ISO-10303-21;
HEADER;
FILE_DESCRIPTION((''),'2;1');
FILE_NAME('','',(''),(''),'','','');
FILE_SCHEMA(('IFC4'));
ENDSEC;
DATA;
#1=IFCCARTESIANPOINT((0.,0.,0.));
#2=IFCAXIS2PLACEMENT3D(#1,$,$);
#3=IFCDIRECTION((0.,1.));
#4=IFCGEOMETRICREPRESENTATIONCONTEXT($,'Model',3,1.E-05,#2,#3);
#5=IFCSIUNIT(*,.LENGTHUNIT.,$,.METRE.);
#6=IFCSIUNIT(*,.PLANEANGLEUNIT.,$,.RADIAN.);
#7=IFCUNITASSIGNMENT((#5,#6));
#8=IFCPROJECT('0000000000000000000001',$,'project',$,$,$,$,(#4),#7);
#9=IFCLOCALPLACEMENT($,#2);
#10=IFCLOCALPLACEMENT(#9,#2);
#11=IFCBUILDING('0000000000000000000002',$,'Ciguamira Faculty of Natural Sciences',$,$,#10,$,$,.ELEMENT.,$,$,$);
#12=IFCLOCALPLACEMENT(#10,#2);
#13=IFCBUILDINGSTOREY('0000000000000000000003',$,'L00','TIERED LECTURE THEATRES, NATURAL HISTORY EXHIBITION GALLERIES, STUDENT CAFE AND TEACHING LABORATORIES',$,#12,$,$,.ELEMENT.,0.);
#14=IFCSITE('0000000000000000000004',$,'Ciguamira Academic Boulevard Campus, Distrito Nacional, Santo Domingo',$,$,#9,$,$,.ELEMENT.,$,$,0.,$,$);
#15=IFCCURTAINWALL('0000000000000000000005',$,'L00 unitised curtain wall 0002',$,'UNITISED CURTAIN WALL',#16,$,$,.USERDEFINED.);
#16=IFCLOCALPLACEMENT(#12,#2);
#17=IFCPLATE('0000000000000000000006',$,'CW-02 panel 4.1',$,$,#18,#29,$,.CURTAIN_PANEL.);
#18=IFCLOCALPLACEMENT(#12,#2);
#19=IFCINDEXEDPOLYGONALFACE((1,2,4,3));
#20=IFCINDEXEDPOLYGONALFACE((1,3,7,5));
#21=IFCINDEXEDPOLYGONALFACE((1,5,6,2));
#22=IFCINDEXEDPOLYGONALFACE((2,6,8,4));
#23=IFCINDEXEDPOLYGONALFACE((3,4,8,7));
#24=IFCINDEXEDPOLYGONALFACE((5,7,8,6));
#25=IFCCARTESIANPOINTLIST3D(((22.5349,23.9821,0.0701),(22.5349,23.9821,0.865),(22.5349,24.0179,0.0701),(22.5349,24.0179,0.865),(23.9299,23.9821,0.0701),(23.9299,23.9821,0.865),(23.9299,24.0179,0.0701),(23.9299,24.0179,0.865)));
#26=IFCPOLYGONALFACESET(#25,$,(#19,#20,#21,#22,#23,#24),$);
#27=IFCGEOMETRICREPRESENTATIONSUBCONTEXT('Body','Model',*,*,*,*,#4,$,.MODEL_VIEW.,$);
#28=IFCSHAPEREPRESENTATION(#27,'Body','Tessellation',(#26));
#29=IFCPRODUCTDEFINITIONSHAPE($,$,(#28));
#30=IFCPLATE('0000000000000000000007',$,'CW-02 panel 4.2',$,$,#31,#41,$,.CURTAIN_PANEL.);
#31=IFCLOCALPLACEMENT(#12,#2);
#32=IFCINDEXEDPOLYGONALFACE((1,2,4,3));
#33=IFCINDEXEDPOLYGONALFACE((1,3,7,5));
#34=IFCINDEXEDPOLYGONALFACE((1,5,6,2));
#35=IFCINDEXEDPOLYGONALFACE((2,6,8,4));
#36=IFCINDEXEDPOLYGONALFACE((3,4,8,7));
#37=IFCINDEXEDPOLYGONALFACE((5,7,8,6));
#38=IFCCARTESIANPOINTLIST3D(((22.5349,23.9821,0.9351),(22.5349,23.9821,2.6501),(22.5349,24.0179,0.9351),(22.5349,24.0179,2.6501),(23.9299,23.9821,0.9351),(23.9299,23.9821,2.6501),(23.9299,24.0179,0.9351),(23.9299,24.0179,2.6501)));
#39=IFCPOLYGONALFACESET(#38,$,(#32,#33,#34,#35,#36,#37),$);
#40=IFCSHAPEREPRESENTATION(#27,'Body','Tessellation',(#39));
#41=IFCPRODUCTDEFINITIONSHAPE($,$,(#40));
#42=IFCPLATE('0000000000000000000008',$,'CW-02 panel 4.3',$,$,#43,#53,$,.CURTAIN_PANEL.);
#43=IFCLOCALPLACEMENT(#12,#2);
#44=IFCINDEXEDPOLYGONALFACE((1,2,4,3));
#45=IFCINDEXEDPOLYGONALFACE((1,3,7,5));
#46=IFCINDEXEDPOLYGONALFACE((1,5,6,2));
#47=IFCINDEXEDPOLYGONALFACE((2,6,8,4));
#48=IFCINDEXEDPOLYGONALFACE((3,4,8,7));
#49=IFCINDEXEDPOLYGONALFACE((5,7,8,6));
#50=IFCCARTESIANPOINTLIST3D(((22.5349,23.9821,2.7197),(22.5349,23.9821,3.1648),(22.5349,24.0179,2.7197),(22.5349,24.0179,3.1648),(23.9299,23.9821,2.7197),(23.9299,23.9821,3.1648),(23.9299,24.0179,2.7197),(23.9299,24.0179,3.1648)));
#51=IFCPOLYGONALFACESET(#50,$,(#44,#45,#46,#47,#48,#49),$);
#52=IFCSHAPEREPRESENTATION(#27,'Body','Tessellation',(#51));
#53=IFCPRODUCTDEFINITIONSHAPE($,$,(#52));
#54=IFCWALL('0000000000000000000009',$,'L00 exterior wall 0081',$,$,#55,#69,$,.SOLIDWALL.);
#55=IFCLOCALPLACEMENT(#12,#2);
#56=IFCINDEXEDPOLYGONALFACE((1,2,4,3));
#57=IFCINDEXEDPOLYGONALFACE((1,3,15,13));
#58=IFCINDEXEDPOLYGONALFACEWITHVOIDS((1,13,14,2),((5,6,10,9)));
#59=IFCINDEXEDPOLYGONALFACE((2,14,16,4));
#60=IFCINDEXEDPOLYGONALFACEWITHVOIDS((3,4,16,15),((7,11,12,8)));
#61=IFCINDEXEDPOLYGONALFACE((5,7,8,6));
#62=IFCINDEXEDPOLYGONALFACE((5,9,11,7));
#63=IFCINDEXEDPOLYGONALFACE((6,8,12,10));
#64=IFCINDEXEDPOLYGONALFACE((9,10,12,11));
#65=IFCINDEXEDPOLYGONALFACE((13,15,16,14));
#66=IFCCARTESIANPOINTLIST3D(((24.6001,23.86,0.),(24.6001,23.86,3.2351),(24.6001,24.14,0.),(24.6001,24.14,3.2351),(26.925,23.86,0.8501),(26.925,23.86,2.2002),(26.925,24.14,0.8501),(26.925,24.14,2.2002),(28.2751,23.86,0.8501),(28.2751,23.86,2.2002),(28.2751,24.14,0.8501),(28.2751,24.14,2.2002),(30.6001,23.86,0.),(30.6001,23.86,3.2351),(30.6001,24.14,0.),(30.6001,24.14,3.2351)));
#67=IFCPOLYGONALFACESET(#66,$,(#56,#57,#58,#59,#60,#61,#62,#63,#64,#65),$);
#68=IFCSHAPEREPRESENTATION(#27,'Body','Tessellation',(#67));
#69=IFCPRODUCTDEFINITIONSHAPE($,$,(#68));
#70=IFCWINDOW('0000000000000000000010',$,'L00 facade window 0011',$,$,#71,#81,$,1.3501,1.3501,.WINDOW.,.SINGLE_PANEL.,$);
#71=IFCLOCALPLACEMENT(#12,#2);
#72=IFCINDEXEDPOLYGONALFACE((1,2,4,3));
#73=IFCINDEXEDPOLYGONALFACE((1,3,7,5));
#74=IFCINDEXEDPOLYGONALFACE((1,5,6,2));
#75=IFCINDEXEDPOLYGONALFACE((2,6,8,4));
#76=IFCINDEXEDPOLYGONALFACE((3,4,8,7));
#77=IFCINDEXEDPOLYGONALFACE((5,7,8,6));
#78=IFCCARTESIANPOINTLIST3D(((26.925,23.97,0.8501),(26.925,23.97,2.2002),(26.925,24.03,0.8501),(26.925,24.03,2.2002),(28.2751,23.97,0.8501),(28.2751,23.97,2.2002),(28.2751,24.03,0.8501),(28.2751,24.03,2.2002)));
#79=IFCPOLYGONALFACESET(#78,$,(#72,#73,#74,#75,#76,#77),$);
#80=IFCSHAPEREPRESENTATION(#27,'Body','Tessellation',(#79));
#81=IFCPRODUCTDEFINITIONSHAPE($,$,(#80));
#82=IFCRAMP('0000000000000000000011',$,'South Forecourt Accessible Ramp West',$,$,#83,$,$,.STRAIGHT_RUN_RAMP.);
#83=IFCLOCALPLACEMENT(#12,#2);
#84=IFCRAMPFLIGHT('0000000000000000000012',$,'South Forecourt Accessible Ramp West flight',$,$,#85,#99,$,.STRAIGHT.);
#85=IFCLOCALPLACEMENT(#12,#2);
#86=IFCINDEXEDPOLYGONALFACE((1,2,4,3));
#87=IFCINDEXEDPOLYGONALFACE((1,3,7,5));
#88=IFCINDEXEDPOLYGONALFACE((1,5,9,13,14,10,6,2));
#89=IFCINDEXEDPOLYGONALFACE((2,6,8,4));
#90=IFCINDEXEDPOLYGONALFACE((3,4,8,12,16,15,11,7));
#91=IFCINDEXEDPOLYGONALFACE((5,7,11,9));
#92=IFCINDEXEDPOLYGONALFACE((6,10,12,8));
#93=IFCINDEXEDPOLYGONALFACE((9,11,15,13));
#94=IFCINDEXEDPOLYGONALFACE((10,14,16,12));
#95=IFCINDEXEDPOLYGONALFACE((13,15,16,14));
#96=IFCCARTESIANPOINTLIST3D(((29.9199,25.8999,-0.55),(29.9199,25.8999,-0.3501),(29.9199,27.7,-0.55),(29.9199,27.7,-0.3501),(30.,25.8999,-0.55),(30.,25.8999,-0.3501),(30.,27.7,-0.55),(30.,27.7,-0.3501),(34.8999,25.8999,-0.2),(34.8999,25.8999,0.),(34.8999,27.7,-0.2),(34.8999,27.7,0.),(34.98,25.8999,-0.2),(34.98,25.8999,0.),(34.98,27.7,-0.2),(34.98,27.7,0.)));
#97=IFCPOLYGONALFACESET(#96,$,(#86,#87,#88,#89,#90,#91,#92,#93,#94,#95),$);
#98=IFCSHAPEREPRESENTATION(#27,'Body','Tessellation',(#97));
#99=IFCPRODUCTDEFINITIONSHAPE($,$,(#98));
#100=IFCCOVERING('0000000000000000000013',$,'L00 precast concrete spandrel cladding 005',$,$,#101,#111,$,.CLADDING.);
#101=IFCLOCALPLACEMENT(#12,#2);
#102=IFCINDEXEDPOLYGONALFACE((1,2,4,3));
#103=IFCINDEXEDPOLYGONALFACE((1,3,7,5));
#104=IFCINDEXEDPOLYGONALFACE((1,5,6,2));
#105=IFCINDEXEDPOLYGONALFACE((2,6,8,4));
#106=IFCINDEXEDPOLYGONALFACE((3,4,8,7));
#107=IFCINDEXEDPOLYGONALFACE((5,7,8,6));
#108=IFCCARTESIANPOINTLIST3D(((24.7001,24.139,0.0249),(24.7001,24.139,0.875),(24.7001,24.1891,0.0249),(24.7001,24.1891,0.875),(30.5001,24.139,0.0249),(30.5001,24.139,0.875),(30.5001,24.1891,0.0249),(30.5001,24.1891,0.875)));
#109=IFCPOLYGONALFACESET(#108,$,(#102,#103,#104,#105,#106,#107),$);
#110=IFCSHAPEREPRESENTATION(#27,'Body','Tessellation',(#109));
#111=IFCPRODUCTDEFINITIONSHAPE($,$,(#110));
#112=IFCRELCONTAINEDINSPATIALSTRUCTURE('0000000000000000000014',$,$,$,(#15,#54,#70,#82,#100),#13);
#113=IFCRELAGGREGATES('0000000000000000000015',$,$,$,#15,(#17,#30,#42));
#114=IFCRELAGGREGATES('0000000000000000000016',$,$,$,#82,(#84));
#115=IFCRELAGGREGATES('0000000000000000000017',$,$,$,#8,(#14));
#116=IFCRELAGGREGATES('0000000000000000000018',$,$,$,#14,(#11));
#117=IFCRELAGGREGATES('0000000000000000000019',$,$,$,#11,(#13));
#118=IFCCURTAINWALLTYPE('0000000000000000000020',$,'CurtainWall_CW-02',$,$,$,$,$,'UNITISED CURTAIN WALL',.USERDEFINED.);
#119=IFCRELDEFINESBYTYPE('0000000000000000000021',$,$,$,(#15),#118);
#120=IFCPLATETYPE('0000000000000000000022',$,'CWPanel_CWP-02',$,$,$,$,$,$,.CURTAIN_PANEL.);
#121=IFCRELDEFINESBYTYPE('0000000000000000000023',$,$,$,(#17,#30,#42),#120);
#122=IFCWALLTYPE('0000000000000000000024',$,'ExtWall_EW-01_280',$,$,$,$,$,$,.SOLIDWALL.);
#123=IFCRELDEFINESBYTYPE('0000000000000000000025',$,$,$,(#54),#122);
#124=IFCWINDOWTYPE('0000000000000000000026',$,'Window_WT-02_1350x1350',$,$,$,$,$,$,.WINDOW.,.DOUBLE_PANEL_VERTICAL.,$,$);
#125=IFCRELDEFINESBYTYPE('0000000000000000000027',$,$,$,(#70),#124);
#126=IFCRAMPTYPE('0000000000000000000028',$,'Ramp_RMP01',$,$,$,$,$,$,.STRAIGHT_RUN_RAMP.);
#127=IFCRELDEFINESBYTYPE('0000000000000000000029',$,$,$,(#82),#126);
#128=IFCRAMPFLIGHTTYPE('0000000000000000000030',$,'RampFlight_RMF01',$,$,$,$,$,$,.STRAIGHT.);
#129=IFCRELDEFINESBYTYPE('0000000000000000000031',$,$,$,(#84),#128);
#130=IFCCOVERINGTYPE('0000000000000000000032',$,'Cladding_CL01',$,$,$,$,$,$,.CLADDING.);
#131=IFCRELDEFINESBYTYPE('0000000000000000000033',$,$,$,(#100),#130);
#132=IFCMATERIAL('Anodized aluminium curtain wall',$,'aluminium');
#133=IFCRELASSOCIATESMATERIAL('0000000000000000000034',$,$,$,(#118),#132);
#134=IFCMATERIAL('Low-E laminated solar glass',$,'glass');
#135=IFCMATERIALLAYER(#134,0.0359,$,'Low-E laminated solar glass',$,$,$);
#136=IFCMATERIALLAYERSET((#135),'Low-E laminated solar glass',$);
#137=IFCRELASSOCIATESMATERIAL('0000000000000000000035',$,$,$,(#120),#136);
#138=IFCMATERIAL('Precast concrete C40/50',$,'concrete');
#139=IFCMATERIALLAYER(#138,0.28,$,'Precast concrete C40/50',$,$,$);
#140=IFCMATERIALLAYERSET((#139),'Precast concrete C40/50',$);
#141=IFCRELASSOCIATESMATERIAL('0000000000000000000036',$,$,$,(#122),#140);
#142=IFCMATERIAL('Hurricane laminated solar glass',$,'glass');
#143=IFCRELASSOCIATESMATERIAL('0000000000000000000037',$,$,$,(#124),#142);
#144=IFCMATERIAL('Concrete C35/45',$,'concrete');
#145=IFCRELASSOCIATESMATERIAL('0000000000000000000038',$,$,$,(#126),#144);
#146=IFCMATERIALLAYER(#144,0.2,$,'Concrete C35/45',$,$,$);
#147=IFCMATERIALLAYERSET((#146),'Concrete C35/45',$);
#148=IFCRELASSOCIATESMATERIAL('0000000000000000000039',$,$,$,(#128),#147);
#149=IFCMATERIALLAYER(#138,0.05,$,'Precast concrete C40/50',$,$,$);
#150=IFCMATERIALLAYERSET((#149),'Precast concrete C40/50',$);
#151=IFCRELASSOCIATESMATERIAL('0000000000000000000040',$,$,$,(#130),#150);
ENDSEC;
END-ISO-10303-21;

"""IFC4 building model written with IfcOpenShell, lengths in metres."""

from ifc_helpers import new_model, si_unit, direction, frame, frame_2d, origin, origin_2d, place, context, subcontext, project, spatial, polyline, rectangle, outline, extrude, material, layer, layer_set, type_object, element, fill, aggregate, save


model = new_model("IFC4")

# Units and contexts
model_context = context("Model", 3, precision=1e-05, world=origin(), true_north=direction((0.0, 1.0)))
body_context = subcontext(model_context, "Body", "Model", "MODEL_VIEW")
ifc_project = project(units=[si_unit("LENGTHUNIT", "METRE"), si_unit("PLANEANGLEUNIT", "RADIAN")], contexts=[model_context])

# Site, building, storey
site_placement = place(None, origin())
site = spatial("IfcSite", under=ifc_project, at=site_placement, Name="Ciguamira Academic Boulevard Campus, Distrito Nacional, Santo Domingo", CompositionType="ELEMENT", RefElevation=0.0)
building_placement = place(site_placement, origin())
building = spatial("IfcBuilding", under=site, at=building_placement, Name="Ciguamira Faculty of Natural Sciences", CompositionType="ELEMENT")
storey_placement = place(building_placement, origin())
storey = spatial("IfcBuildingStorey", under=building, at=storey_placement, Name="L00", Description="TIERED LECTURE THEATRES, NATURAL HISTORY EXHIBITION GALLERIES, STUDENT CAFE AND TEACHING LABORATORIES", CompositionType="ELEMENT", Elevation=0.0)

# Curtain wall
ifc_material_1 = material(Name="Anodized aluminium curtain wall", Category="aluminium")
curtain_wall_type_1 = type_object("IfcCurtainWallType", Name="CurtainWall_CW-02", ElementType="UNITISED CURTAIN WALL", PredefinedType="USERDEFINED", material=ifc_material_1)
curtain_wall_1_placement = place(storey_placement, origin())
curtain_wall_1 = element("IfcCurtainWall", 1, at=curtain_wall_1_placement, inside=storey, type_object=curtain_wall_type_1, Name="L00 unitised curtain wall 0002", ObjectType="UNITISED CURTAIN WALL", PredefinedType="USERDEFINED")

# Plates
ifc_material_2 = material(Name="Low-E laminated solar glass", Category="glass")
ifc_layer_1 = layer(ifc_material_2, 0.0359, Name="Low-E laminated solar glass")
ifc_layer_set_1 = layer_set([ifc_layer_1], Name="Low-E laminated solar glass")
plate_type_1 = type_object("IfcPlateType", Name="CWPanel_CWP-02", PredefinedType="CURTAIN_PANEL", material=ifc_layer_set_1)
plate_1_placement = place(storey_placement, frame((23.2324, 24.0, 0.0701), z_axis=(0.0, 0.0, 1.0), x_axis=(1.0, 0.0, 0.0)))
plate_1 = element("IfcPlate", 2, at=plate_1_placement, type_object=plate_type_1, Name="CW-02 panel 4.1", PredefinedType="CURTAIN_PANEL", context=body_context, shape_type="SweptSolid", body=[
    extrude(rectangle(XDim=1.395, YDim=0.0359, at=origin_2d()), origin(), (0.0, 0.0, 1.0), 0.7949),
])
plate_2_placement = place(storey_placement, frame((23.2324, 24.0, 0.9351), z_axis=(0.0, 0.0, 1.0), x_axis=(1.0, 0.0, 0.0)))
plate_2 = element("IfcPlate", 3, at=plate_2_placement, type_object=plate_type_1, Name="CW-02 panel 4.2", PredefinedType="CURTAIN_PANEL", context=body_context, shape_type="SweptSolid", body=[
    extrude(rectangle(XDim=1.395, YDim=0.0359, at=origin_2d()), origin(), (0.0, 0.0, 1.0), 1.7151),
])
plate_3_placement = place(storey_placement, frame((23.2324, 24.0, 2.7197), z_axis=(0.0, 0.0, 1.0), x_axis=(1.0, 0.0, 0.0)))
plate_3 = element("IfcPlate", 4, at=plate_3_placement, type_object=plate_type_1, Name="CW-02 panel 4.3", PredefinedType="CURTAIN_PANEL", context=body_context, shape_type="SweptSolid", body=[
    extrude(rectangle(XDim=1.395, YDim=0.0359, at=origin_2d()), origin(), (0.0, 0.0, 1.0), 0.4451),
])
aggregate(curtain_wall_1, [plate_1, plate_2, plate_3])

# Wall, opening, window
ifc_material_3 = material(Name="Precast concrete C40/50", Category="concrete")
ifc_layer_2 = layer(ifc_material_3, 0.28, Name="Precast concrete C40/50")
ifc_layer_set_2 = layer_set([ifc_layer_2], Name="Precast concrete C40/50")
wall_type = type_object("IfcWallType", Name="ExtWall_EW-01_280", PredefinedType="SOLIDWALL", material=ifc_layer_set_2)
wall_placement = place(storey_placement, frame((24.6001, 24.0, 0.0), z_axis=(0.0, 0.0, 1.0), x_axis=(1.0, 0.0, 0.0)))
wall = element("IfcWall", 5, at=wall_placement, inside=storey, type_object=wall_type, Name="L00 exterior wall 0081", PredefinedType="SOLIDWALL", context=body_context, shape_type="SweptSolid", body=[
    extrude(rectangle(XDim=6.0, YDim=0.28, at=frame_2d((3.0, 0.0))), origin(), (0.0, 0.0, 1.0), 3.2351),
])
opening_placement = place(wall_placement, frame((2.325, 0.0, 0.8501)))
opening = element("IfcOpeningElement", 6, at=opening_placement, cuts=wall, PredefinedType="OPENING", context=body_context, shape_type="SweptSolid", body=[
    extrude(rectangle(XDim=1.3501, YDim=1.3501, at=frame_2d((0.675, 0.675))), frame((0.0, 0.1499, 0.0), z_axis=(0.0, -1.0, 0.0), x_axis=(1.0, 0.0, 0.0)), (0.0, 0.0, 1.0), 0.3),
])
ifc_material_4 = material(Name="Hurricane laminated solar glass", Category="glass")
window_type = type_object("IfcWindowType", Name="Window_WT-02_1350x1350", PartitioningType="DOUBLE_PANEL_VERTICAL", PredefinedType="WINDOW", material=ifc_material_4)
window_placement = place(opening_placement, origin())
window = element("IfcWindow", 7, at=window_placement, inside=storey, type_object=window_type, Name="L00 facade window 0011", OverallHeight=1.3501, OverallWidth=1.3501, PartitioningType="SINGLE_PANEL", PredefinedType="WINDOW", context=body_context, shape_type="SweptSolid", body=[
    extrude(rectangle(XDim=1.3501, YDim=1.3501, at=frame_2d((0.675, 0.675))), frame((0.0, 0.03, 0.0), z_axis=(0.0, -1.0, 0.0), x_axis=(1.0, 0.0, 0.0)), (0.0, 0.0, 1.0), 0.0601),
])
fill(opening, window)

# Ramp, ramp flight
ifc_material_5 = material(Name="Concrete C35/45", Category="concrete")
ramp_type = type_object("IfcRampType", Name="Ramp_RMP01", PredefinedType="STRAIGHT_RUN_RAMP", material=ifc_material_5)
ramp_placement = place(storey_placement, origin())
ramp = element("IfcRamp", 8, at=ramp_placement, inside=storey, type_object=ramp_type, Name="South Forecourt Accessible Ramp West", PredefinedType="STRAIGHT_RUN_RAMP")
ifc_layer_3 = layer(ifc_material_5, 0.2, Name="Concrete C35/45")
ifc_layer_set_3 = layer_set([ifc_layer_3], Name="Concrete C35/45")
ramp_flight_type = type_object("IfcRampFlightType", Name="RampFlight_RMF01", PredefinedType="STRAIGHT", material=ifc_layer_set_3)
ramp_flight_placement = place(storey_placement, frame((30.0, 26.8, -0.3501), z_axis=(0.0, 0.0, 1.0), x_axis=(1.0, 0.0, 0.0)))
ramp_flight = element("IfcRampFlight", 9, at=ramp_flight_placement, type_object=ramp_flight_type, Name="South Forecourt Accessible Ramp West flight", PredefinedType="STRAIGHT", context=body_context, shape_type="SweptSolid", body=[
    extrude(outline(polyline([(-0.0801, -0.2), (-0.0801, 0.0), (0.0, 0.0), (4.8999, 0.3501), (4.98, 0.3501), (4.98, 0.1501), (4.8999, 0.1501), (0.0, -0.2), (-0.0801, -0.2)])), frame((0.0, 0.8999, 0.0), z_axis=(0.0, -1.0, 0.0), x_axis=(1.0, 0.0, 0.0)), (0.0, 0.0, 1.0), 1.8),
])
aggregate(ramp, [ramp_flight])

# Covering
ifc_layer_4 = layer(ifc_material_3, 0.05, Name="Precast concrete C40/50")
ifc_layer_set_4 = layer_set([ifc_layer_4], Name="Precast concrete C40/50")
covering_type = type_object("IfcCoveringType", Name="Cladding_CL01", PredefinedType="CLADDING", material=ifc_layer_set_4)
covering_placement = place(storey_placement, frame((27.6001, 24.1641, 0.0249), z_axis=(0.0, 0.0, 1.0), x_axis=(1.0, 0.0, 0.0)))
element("IfcCovering", 10, at=covering_placement, inside=storey, type_object=covering_type, Name="L00 precast concrete spandrel cladding 005", PredefinedType="CLADDING", context=body_context, shape_type="SweptSolid", body=[
    extrude(rectangle(XDim=5.8, YDim=0.05, at=origin_2d()), origin(), (0.0, 0.0, 1.0), 0.8501),
])

save(model, "model.ifc")
